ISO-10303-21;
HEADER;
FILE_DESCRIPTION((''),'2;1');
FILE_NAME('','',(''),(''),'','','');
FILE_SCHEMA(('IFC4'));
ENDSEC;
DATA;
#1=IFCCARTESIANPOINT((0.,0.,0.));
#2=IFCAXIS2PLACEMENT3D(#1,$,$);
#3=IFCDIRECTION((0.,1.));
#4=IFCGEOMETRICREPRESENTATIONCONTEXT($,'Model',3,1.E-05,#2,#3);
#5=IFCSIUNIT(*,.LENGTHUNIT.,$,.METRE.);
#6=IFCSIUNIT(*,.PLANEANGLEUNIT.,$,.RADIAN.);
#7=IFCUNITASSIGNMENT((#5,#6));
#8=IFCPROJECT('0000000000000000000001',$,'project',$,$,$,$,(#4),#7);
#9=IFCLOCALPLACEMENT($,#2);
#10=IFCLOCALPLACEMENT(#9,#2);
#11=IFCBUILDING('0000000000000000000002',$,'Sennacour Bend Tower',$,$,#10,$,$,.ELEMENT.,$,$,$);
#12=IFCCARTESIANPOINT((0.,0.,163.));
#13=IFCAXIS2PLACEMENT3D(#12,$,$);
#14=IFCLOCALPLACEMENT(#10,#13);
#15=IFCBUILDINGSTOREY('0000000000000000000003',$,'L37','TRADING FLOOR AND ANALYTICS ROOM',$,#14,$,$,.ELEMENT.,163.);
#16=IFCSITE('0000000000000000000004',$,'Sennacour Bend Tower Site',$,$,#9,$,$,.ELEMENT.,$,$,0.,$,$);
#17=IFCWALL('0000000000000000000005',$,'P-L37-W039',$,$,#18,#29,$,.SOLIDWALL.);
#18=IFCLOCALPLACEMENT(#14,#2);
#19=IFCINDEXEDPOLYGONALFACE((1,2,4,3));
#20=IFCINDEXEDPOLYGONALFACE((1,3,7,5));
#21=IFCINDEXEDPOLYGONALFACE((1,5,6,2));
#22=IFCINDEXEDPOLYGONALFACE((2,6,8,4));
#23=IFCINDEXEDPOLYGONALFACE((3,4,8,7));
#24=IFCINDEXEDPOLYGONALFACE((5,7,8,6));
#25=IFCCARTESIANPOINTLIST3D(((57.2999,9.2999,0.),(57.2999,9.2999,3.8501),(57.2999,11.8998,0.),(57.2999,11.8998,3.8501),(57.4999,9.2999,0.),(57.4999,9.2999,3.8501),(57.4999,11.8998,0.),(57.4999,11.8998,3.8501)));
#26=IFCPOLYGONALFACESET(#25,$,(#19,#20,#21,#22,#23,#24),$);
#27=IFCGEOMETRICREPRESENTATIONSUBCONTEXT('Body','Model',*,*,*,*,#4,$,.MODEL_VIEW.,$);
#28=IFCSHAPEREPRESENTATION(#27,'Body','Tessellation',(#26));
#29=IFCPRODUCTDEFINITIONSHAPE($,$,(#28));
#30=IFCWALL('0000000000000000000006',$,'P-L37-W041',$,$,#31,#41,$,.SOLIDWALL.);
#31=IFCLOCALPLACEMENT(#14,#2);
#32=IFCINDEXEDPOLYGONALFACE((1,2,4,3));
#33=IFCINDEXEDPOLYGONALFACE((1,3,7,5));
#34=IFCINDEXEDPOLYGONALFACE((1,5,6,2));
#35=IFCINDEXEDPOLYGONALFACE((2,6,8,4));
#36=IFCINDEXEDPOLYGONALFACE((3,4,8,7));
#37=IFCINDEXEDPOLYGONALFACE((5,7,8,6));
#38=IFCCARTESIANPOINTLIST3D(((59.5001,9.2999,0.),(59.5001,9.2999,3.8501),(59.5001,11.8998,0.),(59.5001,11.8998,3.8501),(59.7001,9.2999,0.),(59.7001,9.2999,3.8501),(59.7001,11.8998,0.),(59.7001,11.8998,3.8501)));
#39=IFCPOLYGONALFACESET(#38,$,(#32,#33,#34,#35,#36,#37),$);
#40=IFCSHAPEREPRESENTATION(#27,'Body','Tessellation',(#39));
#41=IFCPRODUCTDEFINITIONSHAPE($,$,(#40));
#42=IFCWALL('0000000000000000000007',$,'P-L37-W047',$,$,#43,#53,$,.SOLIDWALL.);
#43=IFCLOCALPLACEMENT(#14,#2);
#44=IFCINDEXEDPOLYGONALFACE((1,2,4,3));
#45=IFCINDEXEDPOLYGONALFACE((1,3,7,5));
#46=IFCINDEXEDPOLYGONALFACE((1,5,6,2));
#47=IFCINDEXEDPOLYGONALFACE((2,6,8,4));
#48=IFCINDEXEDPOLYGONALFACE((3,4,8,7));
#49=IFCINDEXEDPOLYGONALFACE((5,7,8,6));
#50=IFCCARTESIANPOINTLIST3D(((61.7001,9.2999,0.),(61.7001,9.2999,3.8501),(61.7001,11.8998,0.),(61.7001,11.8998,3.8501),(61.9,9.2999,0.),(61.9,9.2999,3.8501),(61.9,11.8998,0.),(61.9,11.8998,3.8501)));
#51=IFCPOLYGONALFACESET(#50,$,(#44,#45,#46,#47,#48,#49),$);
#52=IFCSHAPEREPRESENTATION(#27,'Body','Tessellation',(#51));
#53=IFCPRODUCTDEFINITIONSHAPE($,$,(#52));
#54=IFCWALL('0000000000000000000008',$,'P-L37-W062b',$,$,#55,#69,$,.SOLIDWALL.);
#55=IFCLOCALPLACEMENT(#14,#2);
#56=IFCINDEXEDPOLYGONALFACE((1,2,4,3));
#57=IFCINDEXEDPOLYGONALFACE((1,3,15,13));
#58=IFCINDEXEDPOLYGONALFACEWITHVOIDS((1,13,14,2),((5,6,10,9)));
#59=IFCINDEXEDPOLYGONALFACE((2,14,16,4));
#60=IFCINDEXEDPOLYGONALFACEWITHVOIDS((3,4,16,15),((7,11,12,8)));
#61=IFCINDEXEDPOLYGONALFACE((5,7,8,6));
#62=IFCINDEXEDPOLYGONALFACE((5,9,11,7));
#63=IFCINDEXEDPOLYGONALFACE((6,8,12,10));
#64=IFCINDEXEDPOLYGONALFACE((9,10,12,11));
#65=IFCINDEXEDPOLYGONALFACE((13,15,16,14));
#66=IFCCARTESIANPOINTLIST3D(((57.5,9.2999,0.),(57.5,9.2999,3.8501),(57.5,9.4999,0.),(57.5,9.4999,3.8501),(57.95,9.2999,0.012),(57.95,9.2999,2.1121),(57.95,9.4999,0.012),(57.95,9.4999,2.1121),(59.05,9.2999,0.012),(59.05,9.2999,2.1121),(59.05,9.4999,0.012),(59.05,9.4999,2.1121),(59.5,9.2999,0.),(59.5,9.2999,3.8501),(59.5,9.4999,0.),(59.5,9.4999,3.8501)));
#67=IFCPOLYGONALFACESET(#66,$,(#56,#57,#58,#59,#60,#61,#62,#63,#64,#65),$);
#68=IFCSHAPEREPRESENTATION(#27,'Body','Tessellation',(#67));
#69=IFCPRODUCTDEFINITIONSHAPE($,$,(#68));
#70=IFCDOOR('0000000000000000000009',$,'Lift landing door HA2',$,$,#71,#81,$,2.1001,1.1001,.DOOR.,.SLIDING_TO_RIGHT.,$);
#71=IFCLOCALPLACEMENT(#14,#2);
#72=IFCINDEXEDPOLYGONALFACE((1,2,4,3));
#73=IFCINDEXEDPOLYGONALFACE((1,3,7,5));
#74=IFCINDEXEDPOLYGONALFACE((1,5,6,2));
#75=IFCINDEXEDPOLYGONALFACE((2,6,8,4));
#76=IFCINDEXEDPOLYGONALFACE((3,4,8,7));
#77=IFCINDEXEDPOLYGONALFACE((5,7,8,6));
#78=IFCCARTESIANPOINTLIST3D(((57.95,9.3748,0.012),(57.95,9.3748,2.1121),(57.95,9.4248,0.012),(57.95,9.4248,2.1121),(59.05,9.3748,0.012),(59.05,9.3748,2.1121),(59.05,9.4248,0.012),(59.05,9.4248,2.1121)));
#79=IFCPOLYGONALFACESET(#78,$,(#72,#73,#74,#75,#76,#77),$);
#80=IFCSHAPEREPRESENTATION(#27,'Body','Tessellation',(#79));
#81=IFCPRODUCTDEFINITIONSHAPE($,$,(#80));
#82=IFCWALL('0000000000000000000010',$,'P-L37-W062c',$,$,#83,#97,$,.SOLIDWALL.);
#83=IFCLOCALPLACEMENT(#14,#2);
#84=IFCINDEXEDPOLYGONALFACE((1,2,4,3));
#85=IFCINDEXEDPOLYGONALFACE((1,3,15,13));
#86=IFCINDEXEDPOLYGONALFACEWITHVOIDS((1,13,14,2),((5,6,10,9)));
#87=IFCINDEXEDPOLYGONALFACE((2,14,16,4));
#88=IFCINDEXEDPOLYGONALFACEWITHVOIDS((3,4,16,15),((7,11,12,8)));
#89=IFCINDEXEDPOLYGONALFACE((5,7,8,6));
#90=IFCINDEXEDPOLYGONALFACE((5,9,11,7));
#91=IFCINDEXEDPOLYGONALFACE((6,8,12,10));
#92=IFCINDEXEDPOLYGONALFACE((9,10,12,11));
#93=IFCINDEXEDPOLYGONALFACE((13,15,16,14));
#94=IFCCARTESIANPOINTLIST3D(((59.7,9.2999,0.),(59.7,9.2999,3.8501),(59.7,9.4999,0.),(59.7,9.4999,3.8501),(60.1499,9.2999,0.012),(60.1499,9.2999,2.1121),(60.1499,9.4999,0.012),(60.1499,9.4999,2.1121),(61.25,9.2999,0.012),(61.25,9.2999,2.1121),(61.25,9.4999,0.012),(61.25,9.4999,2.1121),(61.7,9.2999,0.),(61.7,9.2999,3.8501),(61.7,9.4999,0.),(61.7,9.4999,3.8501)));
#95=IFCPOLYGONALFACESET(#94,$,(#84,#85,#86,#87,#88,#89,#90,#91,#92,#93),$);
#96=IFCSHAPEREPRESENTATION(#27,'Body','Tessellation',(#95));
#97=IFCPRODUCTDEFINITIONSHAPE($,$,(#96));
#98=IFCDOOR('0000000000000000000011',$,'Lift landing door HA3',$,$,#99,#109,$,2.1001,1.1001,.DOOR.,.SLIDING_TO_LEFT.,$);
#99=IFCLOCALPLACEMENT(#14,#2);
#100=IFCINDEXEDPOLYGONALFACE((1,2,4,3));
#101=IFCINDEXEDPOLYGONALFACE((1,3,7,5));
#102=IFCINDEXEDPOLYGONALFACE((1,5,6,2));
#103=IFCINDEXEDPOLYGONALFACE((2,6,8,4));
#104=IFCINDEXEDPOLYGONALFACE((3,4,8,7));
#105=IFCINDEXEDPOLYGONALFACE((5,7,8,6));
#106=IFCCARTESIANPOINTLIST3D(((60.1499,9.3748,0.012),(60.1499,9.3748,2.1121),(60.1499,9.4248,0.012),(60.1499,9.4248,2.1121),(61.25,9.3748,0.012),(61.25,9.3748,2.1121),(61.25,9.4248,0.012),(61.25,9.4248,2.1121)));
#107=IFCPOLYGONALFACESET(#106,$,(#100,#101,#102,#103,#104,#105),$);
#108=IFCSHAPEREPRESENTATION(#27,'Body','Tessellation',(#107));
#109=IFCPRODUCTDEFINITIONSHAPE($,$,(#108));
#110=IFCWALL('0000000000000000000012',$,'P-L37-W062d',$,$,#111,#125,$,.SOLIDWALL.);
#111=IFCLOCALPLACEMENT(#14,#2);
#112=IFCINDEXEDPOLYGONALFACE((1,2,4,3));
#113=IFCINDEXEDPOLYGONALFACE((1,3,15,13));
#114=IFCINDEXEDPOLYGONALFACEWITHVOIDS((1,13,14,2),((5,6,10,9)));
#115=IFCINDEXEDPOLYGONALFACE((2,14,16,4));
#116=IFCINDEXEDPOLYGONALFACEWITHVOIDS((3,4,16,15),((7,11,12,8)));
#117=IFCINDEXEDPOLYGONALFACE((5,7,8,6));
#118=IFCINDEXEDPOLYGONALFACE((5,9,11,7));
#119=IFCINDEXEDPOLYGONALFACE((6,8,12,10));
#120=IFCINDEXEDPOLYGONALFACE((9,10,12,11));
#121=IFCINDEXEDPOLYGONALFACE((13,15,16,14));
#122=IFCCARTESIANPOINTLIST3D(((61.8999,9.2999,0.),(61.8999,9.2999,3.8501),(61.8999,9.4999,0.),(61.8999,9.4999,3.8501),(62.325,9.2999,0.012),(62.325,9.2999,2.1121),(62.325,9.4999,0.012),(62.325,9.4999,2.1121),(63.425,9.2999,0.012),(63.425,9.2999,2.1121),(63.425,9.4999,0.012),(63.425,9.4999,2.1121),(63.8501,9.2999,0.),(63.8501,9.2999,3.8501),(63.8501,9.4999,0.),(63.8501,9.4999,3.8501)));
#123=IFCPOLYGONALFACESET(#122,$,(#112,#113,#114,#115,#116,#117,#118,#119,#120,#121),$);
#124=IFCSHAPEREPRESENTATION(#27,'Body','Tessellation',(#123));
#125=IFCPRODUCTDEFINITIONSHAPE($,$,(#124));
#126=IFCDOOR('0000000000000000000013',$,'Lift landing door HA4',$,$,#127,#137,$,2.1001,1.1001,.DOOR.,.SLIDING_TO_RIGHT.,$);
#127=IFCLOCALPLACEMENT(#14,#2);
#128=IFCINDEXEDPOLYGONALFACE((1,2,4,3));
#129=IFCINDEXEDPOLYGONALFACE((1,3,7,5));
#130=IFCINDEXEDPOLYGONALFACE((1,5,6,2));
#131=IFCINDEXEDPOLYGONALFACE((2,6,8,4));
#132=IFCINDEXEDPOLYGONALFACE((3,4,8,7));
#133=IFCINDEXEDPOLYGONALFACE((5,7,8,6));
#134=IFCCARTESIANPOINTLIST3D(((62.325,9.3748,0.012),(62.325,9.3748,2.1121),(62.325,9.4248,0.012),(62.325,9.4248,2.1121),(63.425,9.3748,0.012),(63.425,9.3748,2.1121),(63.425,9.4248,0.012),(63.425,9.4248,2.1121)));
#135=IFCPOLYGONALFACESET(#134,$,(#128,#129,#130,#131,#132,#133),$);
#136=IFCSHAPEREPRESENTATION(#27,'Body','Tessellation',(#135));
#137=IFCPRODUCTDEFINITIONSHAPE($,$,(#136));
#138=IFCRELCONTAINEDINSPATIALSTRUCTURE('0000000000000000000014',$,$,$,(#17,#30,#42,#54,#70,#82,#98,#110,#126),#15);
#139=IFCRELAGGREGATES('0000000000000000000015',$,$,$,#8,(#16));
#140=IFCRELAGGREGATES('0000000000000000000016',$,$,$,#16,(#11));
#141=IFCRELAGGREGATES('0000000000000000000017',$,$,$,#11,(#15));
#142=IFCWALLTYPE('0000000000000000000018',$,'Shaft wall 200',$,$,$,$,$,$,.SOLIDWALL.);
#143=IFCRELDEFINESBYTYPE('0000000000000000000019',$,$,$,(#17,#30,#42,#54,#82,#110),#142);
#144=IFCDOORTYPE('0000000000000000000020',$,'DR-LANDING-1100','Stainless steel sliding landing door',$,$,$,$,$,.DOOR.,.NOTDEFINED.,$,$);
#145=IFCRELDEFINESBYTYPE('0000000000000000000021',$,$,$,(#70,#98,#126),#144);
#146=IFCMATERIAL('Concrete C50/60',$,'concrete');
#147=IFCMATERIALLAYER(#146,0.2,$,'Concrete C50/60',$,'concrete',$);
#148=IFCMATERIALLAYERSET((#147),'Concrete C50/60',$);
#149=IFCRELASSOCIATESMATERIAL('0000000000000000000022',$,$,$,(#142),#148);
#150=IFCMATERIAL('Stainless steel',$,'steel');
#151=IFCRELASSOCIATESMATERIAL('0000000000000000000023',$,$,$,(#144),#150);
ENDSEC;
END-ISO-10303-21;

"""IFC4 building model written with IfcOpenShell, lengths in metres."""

from ifc_helpers import new_model, si_unit, direction, frame, frame_2d, origin, place, context, subcontext, project, spatial, rectangle, extrude, material, layer, layer_set, type_object, element, fill, save


model = new_model("IFC4")

# Units and contexts
model_context = context("Model", 3, precision=1e-05, world=origin(), true_north=direction((0.0, 1.0)))
body_context = subcontext(model_context, "Body", "Model", "MODEL_VIEW")
ifc_project = project(units=[si_unit("LENGTHUNIT", "METRE"), si_unit("PLANEANGLEUNIT", "RADIAN")], contexts=[model_context])

# Site, building, storey
site_placement = place(None, origin())
site = spatial("IfcSite", under=ifc_project, at=site_placement, Name="Sennacour Bend Tower Site", CompositionType="ELEMENT", RefElevation=0.0)
building_placement = place(site_placement, origin())
building = spatial("IfcBuilding", under=site, at=building_placement, Name="Sennacour Bend Tower", CompositionType="ELEMENT")
storey_placement = place(building_placement, frame((0.0, 0.0, 163.0)))
storey = spatial("IfcBuildingStorey", under=building, at=storey_placement, Name="L37", Description="TRADING FLOOR AND ANALYTICS ROOM", CompositionType="ELEMENT", Elevation=163.0)

# Walls
ifc_material_1 = material(Name="Concrete C50/60", Category="concrete")
ifc_layer_1 = layer(ifc_material_1, 0.2, Name="Concrete C50/60", Category="concrete")
ifc_layer_set_1 = layer_set([ifc_layer_1], Name="Concrete C50/60")
wall_type_1 = type_object("IfcWallType", Name="Shaft wall 200", PredefinedType="SOLIDWALL", material=ifc_layer_set_1)
for number, where, z_axis, x_axis, name in (
    (1, (57.3999, 9.3, 0.0), (0.0, 0.0, 1.0), (0.0, 1.0, 0.0), "P-L37-W039"),
    (2, (59.6001, 9.3, 0.0), (0.0, 0.0, 1.0), (0.0, 1.0, 0.0), "P-L37-W041"),
    (3, (61.8, 9.3, 0.0), (0.0, 0.0, 1.0), (0.0, 1.0, 0.0), "P-L37-W047"),
):
    element("IfcWall", number, at=place(storey_placement, frame(where, z_axis=z_axis, x_axis=x_axis)), inside=storey, type_object=wall_type_1, Name=name, PredefinedType="SOLIDWALL", context=body_context, shape_type="SweptSolid", body=[
        extrude(rectangle(XDim=2.5999, YDim=0.2, at=frame_2d((1.2998, 0.0))), origin(), (0.0, 0.0, 1.0), 3.8501),
    ])

# Walls, openings, doors
wall_1_placement = place(storey_placement, frame((57.5, 9.3999, 0.0), z_axis=(0.0, 0.0, 1.0), x_axis=(1.0, 0.0, 0.0)))
wall_1 = element("IfcWall", 4, at=wall_1_placement, inside=storey, type_object=wall_type_1, Name="P-L37-W062b", PredefinedType="SOLIDWALL", context=body_context, shape_type="SweptSolid", body=[
    extrude(rectangle(XDim=2.0, YDim=0.2, at=frame_2d((1.0, 0.0))), origin(), (0.0, 0.0, 1.0), 3.8501),
])
opening_1_placement = place(wall_1_placement, frame((0.45, 0.0, 0.012)))
opening_1 = element("IfcOpeningElement", 5, at=opening_1_placement, cuts=wall_1, PredefinedType="OPENING", context=body_context, shape_type="SweptSolid", body=[
    extrude(rectangle(XDim=1.1001, YDim=2.1001, at=frame_2d((0.55, 1.05))), frame((0.0, 0.1099, 0.0), z_axis=(0.0, -1.0, 0.0), x_axis=(1.0, 0.0, 0.0)), (0.0, 0.0, 1.0), 0.22),
])
ifc_material_2 = material(Name="Stainless steel", Category="steel")
door_type_1 = type_object("IfcDoorType", Name="DR-LANDING-1100", Description="Stainless steel sliding landing door", OperationType="NOTDEFINED", PredefinedType="DOOR", material=ifc_material_2)
door_1_placement = place(opening_1_placement, origin())
door_1 = element("IfcDoor", 6, at=door_1_placement, inside=storey, type_object=door_type_1, Name="Lift landing door HA2", OperationType="SLIDING_TO_RIGHT", OverallHeight=2.1001, OverallWidth=1.1001, PredefinedType="DOOR", context=body_context, shape_type="SweptSolid", body=[
    extrude(rectangle(XDim=1.1001, YDim=2.1001, at=frame_2d((0.55, 1.05))), frame((0.0, 0.0249, 0.0), z_axis=(0.0, -1.0, 0.0), x_axis=(1.0, 0.0, 0.0)), (0.0, 0.0, 1.0), 0.05),
])
fill(opening_1, door_1)
wall_2_placement = place(storey_placement, frame((59.7, 9.3999, 0.0), z_axis=(0.0, 0.0, 1.0), x_axis=(1.0, 0.0, 0.0)))
wall_2 = element("IfcWall", 7, at=wall_2_placement, inside=storey, type_object=wall_type_1, Name="P-L37-W062c", PredefinedType="SOLIDWALL", context=body_context, shape_type="SweptSolid", body=[
    extrude(rectangle(XDim=2.0, YDim=0.2, at=frame_2d((1.0, 0.0))), origin(), (0.0, 0.0, 1.0), 3.8501),
])
opening_2_placement = place(wall_2_placement, frame((0.45, 0.0, 0.012)))
opening_2 = element("IfcOpeningElement", 8, at=opening_2_placement, cuts=wall_2, PredefinedType="OPENING", context=body_context, shape_type="SweptSolid", body=[
    extrude(rectangle(XDim=1.1001, YDim=2.1001, at=frame_2d((0.55, 1.05))), frame((0.0, 0.1099, 0.0), z_axis=(0.0, -1.0, 0.0), x_axis=(1.0, 0.0, 0.0)), (0.0, 0.0, 1.0), 0.22),
])
door_2_placement = place(opening_2_placement, origin())
door_2 = element("IfcDoor", 9, at=door_2_placement, inside=storey, type_object=door_type_1, Name="Lift landing door HA3", OperationType="SLIDING_TO_LEFT", OverallHeight=2.1001, OverallWidth=1.1001, PredefinedType="DOOR", context=body_context, shape_type="SweptSolid", body=[
    extrude(rectangle(XDim=1.1001, YDim=2.1001, at=frame_2d((0.55, 1.05))), frame((0.0, 0.0249, 0.0), z_axis=(0.0, -1.0, 0.0), x_axis=(1.0, 0.0, 0.0)), (0.0, 0.0, 1.0), 0.05),
])
fill(opening_2, door_2)
wall_3_placement = place(storey_placement, frame((61.8999, 9.3999, 0.0), z_axis=(0.0, 0.0, 1.0), x_axis=(1.0, 0.0, 0.0)))
wall_3 = element("IfcWall", 10, at=wall_3_placement, inside=storey, type_object=wall_type_1, Name="P-L37-W062d", PredefinedType="SOLIDWALL", context=body_context, shape_type="SweptSolid", body=[
    extrude(rectangle(XDim=1.9502, YDim=0.2, at=frame_2d((0.9751, 0.0))), origin(), (0.0, 0.0, 1.0), 3.8501),
])
opening_3_placement = place(wall_3_placement, frame((0.425, 0.0, 0.012)))
opening_3 = element("IfcOpeningElement", 11, at=opening_3_placement, cuts=wall_3, PredefinedType="OPENING", context=body_context, shape_type="SweptSolid", body=[
    extrude(rectangle(XDim=1.1001, YDim=2.1001, at=frame_2d((0.55, 1.05))), frame((0.0, 0.1099, 0.0), z_axis=(0.0, -1.0, 0.0), x_axis=(1.0, 0.0, 0.0)), (0.0, 0.0, 1.0), 0.22),
])
door_3_placement = place(opening_3_placement, origin())
door_3 = element("IfcDoor", 12, at=door_3_placement, inside=storey, type_object=door_type_1, Name="Lift landing door HA4", OperationType="SLIDING_TO_RIGHT", OverallHeight=2.1001, OverallWidth=1.1001, PredefinedType="DOOR", context=body_context, shape_type="SweptSolid", body=[
    extrude(rectangle(XDim=1.1001, YDim=2.1001, at=frame_2d((0.55, 1.05))), frame((0.0, 0.0249, 0.0), z_axis=(0.0, -1.0, 0.0), x_axis=(1.0, 0.0, 0.0)), (0.0, 0.0, 1.0), 0.05),
])
fill(opening_3, door_3)

save(model, "model.ifc")
